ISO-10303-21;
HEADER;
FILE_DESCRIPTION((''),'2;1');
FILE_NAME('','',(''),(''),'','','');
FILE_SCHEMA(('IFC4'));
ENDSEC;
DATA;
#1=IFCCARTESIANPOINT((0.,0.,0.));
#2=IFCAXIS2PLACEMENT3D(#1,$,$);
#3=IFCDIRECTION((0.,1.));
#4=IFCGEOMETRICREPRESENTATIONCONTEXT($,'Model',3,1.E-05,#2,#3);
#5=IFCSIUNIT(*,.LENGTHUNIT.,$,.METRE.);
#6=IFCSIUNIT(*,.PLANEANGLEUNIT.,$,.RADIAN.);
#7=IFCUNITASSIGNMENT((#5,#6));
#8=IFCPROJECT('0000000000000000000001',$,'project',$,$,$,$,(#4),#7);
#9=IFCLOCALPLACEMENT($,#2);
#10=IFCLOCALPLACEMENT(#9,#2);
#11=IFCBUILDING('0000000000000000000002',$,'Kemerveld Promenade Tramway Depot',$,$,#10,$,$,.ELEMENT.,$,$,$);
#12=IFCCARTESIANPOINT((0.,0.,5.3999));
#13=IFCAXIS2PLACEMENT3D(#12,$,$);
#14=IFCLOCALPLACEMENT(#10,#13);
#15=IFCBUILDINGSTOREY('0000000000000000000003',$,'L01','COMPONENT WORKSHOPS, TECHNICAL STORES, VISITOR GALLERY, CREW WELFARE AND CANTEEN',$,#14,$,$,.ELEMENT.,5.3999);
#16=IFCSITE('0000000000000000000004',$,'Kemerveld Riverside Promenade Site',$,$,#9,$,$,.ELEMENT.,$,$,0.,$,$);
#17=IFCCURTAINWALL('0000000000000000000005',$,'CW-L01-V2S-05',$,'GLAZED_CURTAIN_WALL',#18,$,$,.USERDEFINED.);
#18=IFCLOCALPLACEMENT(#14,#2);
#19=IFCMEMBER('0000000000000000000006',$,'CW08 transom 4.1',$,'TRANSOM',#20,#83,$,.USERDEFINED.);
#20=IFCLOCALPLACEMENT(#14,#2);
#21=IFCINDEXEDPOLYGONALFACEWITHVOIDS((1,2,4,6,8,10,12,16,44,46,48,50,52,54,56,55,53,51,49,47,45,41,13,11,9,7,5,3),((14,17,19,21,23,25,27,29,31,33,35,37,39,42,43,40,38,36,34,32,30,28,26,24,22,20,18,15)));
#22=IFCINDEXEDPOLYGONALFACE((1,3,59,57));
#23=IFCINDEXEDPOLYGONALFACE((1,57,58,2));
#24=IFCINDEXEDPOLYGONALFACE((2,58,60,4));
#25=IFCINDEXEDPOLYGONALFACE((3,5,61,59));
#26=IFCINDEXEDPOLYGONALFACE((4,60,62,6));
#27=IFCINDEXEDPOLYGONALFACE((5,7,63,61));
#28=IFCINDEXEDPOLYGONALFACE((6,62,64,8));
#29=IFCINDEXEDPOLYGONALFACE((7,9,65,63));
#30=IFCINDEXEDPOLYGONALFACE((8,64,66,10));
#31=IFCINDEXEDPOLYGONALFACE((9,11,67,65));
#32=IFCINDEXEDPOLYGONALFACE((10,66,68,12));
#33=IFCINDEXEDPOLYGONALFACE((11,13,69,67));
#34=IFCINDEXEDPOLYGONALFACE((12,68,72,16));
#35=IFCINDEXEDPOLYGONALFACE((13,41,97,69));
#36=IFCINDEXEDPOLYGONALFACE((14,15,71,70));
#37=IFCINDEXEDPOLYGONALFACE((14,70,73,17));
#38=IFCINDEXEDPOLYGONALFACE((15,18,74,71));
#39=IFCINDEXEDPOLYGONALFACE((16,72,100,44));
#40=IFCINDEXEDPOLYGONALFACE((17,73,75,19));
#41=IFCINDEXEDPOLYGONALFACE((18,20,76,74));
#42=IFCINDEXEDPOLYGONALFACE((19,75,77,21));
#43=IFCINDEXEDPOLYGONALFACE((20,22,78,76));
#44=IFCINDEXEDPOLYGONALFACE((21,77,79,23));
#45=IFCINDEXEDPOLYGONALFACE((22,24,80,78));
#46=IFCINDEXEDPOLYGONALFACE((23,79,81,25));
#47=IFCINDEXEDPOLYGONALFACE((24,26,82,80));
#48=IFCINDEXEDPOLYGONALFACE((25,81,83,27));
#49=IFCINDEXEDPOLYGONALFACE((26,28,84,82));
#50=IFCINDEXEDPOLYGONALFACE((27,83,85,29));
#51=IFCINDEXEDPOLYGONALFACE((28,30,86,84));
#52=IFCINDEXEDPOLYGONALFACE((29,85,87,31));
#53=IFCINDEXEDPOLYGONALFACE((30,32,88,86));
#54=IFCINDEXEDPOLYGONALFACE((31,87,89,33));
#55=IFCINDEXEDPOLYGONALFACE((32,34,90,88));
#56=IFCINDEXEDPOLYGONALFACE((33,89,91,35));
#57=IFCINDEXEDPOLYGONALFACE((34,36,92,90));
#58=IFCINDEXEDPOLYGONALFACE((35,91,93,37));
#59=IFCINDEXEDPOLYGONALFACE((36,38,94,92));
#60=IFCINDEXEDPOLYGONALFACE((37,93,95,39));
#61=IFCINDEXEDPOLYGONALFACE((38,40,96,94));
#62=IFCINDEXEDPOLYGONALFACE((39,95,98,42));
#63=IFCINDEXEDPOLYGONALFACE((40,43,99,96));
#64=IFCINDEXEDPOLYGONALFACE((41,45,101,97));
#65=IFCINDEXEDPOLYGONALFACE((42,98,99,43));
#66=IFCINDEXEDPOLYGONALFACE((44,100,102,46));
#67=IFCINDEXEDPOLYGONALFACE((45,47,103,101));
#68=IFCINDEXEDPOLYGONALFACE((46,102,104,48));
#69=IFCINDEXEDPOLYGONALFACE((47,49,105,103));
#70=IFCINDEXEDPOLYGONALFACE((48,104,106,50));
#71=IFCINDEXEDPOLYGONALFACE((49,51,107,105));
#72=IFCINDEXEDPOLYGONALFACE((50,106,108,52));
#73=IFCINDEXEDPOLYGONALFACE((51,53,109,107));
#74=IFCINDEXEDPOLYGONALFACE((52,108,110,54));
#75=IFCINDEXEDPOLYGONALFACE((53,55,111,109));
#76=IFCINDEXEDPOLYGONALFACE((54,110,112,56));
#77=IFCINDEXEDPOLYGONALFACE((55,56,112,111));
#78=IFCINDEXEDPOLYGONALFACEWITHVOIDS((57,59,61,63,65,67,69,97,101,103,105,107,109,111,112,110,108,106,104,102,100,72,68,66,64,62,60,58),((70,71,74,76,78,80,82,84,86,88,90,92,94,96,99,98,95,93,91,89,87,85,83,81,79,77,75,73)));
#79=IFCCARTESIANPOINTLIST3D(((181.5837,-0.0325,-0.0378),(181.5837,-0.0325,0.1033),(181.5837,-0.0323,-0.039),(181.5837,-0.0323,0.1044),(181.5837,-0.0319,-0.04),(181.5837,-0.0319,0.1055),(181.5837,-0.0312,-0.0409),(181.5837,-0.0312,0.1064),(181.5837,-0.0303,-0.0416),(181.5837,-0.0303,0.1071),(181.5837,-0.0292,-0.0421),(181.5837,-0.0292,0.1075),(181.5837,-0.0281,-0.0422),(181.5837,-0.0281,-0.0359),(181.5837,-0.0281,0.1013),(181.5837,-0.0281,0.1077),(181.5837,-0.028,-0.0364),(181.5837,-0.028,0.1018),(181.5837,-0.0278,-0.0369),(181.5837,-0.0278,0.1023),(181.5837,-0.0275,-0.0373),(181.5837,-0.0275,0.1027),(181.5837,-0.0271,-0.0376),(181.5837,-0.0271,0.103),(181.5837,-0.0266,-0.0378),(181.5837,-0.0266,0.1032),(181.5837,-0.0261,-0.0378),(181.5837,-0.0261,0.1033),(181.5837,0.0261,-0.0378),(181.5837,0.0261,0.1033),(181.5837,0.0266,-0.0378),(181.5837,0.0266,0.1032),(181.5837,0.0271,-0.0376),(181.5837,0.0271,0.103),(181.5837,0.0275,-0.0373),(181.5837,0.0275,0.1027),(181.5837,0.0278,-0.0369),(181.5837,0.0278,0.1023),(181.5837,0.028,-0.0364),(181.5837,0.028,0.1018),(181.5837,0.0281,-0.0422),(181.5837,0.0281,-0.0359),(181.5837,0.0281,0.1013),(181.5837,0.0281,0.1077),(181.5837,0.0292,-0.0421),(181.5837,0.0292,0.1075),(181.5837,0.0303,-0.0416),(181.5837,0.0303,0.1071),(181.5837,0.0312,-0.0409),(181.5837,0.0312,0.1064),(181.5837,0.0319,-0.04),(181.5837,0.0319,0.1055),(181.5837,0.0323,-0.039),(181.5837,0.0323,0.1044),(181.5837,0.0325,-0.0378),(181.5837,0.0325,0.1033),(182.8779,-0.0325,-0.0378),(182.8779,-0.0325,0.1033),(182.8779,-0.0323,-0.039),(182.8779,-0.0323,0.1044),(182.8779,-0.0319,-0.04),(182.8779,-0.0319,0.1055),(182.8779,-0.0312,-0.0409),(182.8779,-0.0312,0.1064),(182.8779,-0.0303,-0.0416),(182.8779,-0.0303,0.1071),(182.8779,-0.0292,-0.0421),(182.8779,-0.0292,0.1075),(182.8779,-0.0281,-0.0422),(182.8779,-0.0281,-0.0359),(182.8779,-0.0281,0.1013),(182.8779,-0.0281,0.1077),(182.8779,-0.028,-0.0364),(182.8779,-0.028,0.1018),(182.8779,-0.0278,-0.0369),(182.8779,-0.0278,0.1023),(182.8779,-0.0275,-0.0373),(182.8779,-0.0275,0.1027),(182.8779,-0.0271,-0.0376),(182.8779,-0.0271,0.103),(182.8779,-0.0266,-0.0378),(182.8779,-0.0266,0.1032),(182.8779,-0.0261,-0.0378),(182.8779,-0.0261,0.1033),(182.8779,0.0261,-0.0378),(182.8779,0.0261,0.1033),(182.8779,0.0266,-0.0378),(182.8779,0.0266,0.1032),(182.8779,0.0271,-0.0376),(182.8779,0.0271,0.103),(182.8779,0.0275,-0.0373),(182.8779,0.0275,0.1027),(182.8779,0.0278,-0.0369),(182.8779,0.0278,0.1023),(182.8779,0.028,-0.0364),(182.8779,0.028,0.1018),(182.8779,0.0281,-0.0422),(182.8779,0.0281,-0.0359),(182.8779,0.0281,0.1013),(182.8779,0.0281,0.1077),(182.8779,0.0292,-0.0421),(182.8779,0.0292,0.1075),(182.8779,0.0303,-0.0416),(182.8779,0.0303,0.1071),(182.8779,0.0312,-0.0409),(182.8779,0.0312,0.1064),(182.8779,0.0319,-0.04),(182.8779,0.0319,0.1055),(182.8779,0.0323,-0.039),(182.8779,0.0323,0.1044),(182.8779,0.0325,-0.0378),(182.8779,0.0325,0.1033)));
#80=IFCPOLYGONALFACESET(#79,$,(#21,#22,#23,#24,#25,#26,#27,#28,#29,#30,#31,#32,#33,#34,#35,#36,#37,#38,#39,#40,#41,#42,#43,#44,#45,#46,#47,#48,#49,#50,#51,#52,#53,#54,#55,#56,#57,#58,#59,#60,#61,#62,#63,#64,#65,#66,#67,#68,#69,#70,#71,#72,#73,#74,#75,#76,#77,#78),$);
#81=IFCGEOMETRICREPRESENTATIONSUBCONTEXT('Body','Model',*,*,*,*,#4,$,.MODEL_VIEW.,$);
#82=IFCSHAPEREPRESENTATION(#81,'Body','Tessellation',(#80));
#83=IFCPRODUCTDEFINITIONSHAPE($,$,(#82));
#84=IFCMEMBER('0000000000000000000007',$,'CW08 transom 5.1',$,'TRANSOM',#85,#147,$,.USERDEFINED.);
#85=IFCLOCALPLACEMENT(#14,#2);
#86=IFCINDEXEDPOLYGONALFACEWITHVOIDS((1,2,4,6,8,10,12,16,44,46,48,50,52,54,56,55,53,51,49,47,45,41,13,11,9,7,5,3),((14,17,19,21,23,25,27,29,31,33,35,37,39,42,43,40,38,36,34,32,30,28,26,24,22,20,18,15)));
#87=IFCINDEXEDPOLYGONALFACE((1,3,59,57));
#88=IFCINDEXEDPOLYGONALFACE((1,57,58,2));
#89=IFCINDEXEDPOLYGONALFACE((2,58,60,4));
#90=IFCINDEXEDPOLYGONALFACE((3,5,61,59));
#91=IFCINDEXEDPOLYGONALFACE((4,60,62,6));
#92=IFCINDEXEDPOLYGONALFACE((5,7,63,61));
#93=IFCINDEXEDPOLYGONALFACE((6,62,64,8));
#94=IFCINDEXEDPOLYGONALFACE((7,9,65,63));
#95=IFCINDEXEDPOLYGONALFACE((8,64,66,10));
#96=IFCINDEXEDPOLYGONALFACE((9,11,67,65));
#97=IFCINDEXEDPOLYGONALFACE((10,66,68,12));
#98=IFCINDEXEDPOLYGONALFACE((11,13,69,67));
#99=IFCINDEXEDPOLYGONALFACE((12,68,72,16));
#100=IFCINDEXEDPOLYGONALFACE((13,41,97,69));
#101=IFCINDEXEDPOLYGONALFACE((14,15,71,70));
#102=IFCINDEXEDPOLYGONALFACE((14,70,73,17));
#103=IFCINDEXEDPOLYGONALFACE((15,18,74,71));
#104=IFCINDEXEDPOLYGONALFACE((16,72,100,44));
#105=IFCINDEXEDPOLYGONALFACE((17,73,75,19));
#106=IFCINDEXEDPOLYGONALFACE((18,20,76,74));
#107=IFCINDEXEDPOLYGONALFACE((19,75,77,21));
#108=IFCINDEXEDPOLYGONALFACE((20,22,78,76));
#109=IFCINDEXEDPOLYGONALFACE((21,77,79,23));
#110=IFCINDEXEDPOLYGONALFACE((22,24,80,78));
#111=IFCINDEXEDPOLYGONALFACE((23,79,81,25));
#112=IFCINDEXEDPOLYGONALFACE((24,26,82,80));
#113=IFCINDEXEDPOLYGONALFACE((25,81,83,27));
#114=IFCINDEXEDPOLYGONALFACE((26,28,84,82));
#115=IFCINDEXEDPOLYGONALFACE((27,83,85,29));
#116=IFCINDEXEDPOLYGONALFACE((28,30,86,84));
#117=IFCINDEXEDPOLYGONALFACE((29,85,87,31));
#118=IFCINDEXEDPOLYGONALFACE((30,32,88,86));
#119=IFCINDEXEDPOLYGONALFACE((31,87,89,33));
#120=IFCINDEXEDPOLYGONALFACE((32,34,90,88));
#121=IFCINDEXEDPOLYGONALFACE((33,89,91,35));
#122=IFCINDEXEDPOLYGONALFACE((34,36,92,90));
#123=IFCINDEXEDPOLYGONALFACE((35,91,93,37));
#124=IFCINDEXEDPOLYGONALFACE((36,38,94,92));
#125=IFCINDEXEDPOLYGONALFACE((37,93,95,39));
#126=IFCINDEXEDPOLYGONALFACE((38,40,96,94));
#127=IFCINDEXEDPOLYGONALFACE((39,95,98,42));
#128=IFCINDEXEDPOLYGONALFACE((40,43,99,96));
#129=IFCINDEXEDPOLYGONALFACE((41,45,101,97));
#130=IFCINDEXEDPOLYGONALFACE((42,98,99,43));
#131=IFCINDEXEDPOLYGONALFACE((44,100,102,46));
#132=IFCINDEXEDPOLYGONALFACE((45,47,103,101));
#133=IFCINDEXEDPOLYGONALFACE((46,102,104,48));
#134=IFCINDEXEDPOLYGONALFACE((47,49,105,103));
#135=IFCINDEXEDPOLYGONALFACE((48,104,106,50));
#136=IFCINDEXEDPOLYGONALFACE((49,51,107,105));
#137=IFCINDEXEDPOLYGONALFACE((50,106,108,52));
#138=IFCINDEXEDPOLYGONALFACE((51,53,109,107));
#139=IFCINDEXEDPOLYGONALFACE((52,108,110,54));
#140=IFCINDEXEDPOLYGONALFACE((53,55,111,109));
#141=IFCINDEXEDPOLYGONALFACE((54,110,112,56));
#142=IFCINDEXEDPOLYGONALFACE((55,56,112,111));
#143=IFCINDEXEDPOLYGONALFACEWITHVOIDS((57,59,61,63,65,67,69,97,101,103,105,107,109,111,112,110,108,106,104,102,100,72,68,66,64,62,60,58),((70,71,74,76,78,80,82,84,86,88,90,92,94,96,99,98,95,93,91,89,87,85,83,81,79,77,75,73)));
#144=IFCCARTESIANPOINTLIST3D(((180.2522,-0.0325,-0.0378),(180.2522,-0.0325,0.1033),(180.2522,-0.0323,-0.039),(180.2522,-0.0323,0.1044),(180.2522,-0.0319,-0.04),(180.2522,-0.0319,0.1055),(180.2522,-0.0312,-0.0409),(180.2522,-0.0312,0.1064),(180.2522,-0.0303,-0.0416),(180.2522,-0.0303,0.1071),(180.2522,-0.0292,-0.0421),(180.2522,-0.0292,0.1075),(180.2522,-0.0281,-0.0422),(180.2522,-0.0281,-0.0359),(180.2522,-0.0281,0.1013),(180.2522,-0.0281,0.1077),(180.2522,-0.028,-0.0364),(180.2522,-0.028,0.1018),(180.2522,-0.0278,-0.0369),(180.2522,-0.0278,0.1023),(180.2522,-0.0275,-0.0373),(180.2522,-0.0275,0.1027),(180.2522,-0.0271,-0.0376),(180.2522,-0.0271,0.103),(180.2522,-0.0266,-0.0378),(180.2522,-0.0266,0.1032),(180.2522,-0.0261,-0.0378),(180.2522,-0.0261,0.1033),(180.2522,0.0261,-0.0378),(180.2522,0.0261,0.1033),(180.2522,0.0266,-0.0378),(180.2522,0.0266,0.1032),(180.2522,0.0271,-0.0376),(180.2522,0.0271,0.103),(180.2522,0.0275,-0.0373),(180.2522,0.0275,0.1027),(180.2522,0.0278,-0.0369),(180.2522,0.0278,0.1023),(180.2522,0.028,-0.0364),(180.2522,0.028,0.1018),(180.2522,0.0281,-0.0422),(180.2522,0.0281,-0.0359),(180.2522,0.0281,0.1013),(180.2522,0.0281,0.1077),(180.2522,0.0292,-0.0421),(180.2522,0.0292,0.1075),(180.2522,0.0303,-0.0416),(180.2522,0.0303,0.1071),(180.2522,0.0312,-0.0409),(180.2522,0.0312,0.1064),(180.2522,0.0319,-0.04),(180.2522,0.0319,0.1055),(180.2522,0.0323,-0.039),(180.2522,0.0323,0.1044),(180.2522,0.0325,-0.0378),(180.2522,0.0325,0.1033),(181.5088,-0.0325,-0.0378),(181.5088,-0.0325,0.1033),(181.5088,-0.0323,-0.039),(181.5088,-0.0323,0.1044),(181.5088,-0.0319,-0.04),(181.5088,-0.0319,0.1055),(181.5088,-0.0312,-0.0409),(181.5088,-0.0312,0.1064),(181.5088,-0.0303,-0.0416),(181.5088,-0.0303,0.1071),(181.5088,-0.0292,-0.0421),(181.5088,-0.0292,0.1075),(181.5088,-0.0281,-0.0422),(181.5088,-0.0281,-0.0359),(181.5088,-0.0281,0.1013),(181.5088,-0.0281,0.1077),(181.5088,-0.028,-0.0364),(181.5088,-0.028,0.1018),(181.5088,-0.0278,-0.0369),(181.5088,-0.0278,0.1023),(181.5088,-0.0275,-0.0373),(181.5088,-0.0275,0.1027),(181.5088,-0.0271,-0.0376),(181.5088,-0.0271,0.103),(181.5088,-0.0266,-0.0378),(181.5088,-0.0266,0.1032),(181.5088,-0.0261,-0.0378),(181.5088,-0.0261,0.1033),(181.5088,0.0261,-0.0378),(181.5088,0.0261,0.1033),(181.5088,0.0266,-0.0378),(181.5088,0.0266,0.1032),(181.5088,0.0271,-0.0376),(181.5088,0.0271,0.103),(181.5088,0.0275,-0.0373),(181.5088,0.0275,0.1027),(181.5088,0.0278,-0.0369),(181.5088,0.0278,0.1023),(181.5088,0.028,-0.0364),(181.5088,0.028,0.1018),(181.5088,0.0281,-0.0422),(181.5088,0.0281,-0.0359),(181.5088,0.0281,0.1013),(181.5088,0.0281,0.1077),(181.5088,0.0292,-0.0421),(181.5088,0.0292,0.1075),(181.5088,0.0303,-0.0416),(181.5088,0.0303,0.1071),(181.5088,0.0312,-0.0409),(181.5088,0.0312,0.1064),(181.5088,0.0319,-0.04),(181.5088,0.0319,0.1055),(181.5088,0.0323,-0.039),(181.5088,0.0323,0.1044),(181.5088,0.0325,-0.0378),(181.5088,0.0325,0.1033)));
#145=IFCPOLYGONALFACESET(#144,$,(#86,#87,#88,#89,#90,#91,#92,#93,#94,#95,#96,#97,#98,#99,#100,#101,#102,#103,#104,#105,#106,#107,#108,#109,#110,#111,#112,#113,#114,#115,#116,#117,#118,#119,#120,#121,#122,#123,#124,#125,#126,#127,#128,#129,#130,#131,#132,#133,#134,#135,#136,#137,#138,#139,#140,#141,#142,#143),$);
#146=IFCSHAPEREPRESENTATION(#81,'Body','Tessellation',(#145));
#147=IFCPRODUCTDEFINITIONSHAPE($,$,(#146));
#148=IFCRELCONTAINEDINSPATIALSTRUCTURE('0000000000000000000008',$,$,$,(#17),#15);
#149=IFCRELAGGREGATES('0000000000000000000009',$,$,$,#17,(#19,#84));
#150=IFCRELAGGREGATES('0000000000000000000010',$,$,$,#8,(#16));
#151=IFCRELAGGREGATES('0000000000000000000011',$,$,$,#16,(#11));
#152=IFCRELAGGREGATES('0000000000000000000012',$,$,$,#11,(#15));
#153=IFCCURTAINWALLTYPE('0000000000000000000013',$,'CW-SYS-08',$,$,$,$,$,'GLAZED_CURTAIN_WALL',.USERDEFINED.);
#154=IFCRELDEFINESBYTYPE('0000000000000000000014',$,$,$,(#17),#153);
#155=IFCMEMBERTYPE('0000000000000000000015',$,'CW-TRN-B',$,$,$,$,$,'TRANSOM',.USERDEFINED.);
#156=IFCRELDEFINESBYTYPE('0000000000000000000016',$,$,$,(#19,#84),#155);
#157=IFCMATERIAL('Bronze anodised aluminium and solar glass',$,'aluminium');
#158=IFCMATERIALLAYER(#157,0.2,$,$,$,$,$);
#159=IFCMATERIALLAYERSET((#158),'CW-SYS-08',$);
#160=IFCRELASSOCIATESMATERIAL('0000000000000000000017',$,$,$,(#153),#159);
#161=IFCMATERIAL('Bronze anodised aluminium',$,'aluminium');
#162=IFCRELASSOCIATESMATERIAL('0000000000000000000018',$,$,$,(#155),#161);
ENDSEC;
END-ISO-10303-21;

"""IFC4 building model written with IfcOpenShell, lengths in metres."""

from ifc_helpers import new_model, si_unit, direction, frame, origin, origin_2d, place, context, subcontext, project, spatial, hollow_rectangle, extrude, material, layer, layer_set, material_profile, profile_set, type_object, element, aggregate, save


model = new_model("IFC4")

# Units and contexts
model_context = context("Model", 3, precision=1e-05, world=origin(), true_north=direction((0.0, 1.0)))
body_context = subcontext(model_context, "Body", "Model", "MODEL_VIEW")
ifc_project = project(units=[si_unit("LENGTHUNIT", "METRE"), si_unit("PLANEANGLEUNIT", "RADIAN")], contexts=[model_context])

# Site, building, storey
site_placement = place(None, origin())
site = spatial("IfcSite", under=ifc_project, at=site_placement, Name="Kemerveld Riverside Promenade Site", CompositionType="ELEMENT", RefElevation=0.0)
building_placement = place(site_placement, origin())
building = spatial("IfcBuilding", under=site, at=building_placement, Name="Kemerveld Promenade Tramway Depot", CompositionType="ELEMENT")
storey_placement = place(building_placement, frame((0.0, 0.0, 5.3999)))
storey = spatial("IfcBuildingStorey", under=building, at=storey_placement, Name="L01", Description="COMPONENT WORKSHOPS, TECHNICAL STORES, VISITOR GALLERY, CREW WELFARE AND CANTEEN", CompositionType="ELEMENT", Elevation=5.3999)

# Curtain wall, members
ifc_material_1 = material(Name="Bronze anodised aluminium and solar glass", Category="aluminium")
ifc_layer_1 = layer(ifc_material_1, 0.2)
ifc_layer_set_1 = layer_set([ifc_layer_1], Name="CW-SYS-08")
curtain_wall_type = type_object("IfcCurtainWallType", Name="CW-SYS-08", ElementType="GLAZED_CURTAIN_WALL", PredefinedType="USERDEFINED", material=ifc_layer_set_1)
curtain_wall_placement = place(storey_placement, origin())
curtain_wall = element("IfcCurtainWall", 1, at=curtain_wall_placement, inside=storey, type_object=curtain_wall_type, Name="CW-L01-V2S-05", ObjectType="GLAZED_CURTAIN_WALL", PredefinedType="USERDEFINED")
ifc_material_2 = material(Name="Bronze anodised aluminium", Category="aluminium")
ifc_material_profile_1 = material_profile(ifc_material_2, hollow_rectangle(XDim=0.0649, YDim=0.1499, WallThickness=0.0044, InnerFilletRadius=0.002, OuterFilletRadius=0.0044, at=origin_2d()), Name="CW-TRN-150x65")
ifc_profile_set_1 = profile_set([ifc_material_profile_1], Name="Bronze anodised aluminium")
member_type_1 = type_object("IfcMemberType", Name="CW-TRN-B", ElementType="TRANSOM", PredefinedType="USERDEFINED", material=ifc_profile_set_1)
member_1_placement = place(storey_placement, frame((182.8779, 0.0, 0.0327), z_axis=(-1.0, 0.0, 0.0), x_axis=(0.0, -1.0, 0.0)))
member_1 = element("IfcMember", 2, at=member_1_placement, type_object=member_type_1, Name="CW08 transom 4.1", ObjectType="TRANSOM", PredefinedType="USERDEFINED", context=body_context, shape_type="SweptSolid", body=[
    extrude(hollow_rectangle(XDim=0.0649, YDim=0.1499, WallThickness=0.0044, InnerFilletRadius=0.002, OuterFilletRadius=0.0044, at=origin_2d()), origin(), (0.0, 0.0, 1.0), 1.2942),
])
member_2_placement = place(storey_placement, frame((181.5088, 0.0, 0.0327), z_axis=(-1.0, 0.0, 0.0), x_axis=(0.0, -1.0, 0.0)))
member_2 = element("IfcMember", 3, at=member_2_placement, type_object=member_type_1, Name="CW08 transom 5.1", ObjectType="TRANSOM", PredefinedType="USERDEFINED", context=body_context, shape_type="SweptSolid", body=[
    extrude(hollow_rectangle(XDim=0.0649, YDim=0.1499, WallThickness=0.0044, InnerFilletRadius=0.002, OuterFilletRadius=0.0044, at=origin_2d()), origin(), (0.0, 0.0, 1.0), 1.2566),
])

aggregate(curtain_wall, [member_1, member_2])

save(model, "model.ifc")
